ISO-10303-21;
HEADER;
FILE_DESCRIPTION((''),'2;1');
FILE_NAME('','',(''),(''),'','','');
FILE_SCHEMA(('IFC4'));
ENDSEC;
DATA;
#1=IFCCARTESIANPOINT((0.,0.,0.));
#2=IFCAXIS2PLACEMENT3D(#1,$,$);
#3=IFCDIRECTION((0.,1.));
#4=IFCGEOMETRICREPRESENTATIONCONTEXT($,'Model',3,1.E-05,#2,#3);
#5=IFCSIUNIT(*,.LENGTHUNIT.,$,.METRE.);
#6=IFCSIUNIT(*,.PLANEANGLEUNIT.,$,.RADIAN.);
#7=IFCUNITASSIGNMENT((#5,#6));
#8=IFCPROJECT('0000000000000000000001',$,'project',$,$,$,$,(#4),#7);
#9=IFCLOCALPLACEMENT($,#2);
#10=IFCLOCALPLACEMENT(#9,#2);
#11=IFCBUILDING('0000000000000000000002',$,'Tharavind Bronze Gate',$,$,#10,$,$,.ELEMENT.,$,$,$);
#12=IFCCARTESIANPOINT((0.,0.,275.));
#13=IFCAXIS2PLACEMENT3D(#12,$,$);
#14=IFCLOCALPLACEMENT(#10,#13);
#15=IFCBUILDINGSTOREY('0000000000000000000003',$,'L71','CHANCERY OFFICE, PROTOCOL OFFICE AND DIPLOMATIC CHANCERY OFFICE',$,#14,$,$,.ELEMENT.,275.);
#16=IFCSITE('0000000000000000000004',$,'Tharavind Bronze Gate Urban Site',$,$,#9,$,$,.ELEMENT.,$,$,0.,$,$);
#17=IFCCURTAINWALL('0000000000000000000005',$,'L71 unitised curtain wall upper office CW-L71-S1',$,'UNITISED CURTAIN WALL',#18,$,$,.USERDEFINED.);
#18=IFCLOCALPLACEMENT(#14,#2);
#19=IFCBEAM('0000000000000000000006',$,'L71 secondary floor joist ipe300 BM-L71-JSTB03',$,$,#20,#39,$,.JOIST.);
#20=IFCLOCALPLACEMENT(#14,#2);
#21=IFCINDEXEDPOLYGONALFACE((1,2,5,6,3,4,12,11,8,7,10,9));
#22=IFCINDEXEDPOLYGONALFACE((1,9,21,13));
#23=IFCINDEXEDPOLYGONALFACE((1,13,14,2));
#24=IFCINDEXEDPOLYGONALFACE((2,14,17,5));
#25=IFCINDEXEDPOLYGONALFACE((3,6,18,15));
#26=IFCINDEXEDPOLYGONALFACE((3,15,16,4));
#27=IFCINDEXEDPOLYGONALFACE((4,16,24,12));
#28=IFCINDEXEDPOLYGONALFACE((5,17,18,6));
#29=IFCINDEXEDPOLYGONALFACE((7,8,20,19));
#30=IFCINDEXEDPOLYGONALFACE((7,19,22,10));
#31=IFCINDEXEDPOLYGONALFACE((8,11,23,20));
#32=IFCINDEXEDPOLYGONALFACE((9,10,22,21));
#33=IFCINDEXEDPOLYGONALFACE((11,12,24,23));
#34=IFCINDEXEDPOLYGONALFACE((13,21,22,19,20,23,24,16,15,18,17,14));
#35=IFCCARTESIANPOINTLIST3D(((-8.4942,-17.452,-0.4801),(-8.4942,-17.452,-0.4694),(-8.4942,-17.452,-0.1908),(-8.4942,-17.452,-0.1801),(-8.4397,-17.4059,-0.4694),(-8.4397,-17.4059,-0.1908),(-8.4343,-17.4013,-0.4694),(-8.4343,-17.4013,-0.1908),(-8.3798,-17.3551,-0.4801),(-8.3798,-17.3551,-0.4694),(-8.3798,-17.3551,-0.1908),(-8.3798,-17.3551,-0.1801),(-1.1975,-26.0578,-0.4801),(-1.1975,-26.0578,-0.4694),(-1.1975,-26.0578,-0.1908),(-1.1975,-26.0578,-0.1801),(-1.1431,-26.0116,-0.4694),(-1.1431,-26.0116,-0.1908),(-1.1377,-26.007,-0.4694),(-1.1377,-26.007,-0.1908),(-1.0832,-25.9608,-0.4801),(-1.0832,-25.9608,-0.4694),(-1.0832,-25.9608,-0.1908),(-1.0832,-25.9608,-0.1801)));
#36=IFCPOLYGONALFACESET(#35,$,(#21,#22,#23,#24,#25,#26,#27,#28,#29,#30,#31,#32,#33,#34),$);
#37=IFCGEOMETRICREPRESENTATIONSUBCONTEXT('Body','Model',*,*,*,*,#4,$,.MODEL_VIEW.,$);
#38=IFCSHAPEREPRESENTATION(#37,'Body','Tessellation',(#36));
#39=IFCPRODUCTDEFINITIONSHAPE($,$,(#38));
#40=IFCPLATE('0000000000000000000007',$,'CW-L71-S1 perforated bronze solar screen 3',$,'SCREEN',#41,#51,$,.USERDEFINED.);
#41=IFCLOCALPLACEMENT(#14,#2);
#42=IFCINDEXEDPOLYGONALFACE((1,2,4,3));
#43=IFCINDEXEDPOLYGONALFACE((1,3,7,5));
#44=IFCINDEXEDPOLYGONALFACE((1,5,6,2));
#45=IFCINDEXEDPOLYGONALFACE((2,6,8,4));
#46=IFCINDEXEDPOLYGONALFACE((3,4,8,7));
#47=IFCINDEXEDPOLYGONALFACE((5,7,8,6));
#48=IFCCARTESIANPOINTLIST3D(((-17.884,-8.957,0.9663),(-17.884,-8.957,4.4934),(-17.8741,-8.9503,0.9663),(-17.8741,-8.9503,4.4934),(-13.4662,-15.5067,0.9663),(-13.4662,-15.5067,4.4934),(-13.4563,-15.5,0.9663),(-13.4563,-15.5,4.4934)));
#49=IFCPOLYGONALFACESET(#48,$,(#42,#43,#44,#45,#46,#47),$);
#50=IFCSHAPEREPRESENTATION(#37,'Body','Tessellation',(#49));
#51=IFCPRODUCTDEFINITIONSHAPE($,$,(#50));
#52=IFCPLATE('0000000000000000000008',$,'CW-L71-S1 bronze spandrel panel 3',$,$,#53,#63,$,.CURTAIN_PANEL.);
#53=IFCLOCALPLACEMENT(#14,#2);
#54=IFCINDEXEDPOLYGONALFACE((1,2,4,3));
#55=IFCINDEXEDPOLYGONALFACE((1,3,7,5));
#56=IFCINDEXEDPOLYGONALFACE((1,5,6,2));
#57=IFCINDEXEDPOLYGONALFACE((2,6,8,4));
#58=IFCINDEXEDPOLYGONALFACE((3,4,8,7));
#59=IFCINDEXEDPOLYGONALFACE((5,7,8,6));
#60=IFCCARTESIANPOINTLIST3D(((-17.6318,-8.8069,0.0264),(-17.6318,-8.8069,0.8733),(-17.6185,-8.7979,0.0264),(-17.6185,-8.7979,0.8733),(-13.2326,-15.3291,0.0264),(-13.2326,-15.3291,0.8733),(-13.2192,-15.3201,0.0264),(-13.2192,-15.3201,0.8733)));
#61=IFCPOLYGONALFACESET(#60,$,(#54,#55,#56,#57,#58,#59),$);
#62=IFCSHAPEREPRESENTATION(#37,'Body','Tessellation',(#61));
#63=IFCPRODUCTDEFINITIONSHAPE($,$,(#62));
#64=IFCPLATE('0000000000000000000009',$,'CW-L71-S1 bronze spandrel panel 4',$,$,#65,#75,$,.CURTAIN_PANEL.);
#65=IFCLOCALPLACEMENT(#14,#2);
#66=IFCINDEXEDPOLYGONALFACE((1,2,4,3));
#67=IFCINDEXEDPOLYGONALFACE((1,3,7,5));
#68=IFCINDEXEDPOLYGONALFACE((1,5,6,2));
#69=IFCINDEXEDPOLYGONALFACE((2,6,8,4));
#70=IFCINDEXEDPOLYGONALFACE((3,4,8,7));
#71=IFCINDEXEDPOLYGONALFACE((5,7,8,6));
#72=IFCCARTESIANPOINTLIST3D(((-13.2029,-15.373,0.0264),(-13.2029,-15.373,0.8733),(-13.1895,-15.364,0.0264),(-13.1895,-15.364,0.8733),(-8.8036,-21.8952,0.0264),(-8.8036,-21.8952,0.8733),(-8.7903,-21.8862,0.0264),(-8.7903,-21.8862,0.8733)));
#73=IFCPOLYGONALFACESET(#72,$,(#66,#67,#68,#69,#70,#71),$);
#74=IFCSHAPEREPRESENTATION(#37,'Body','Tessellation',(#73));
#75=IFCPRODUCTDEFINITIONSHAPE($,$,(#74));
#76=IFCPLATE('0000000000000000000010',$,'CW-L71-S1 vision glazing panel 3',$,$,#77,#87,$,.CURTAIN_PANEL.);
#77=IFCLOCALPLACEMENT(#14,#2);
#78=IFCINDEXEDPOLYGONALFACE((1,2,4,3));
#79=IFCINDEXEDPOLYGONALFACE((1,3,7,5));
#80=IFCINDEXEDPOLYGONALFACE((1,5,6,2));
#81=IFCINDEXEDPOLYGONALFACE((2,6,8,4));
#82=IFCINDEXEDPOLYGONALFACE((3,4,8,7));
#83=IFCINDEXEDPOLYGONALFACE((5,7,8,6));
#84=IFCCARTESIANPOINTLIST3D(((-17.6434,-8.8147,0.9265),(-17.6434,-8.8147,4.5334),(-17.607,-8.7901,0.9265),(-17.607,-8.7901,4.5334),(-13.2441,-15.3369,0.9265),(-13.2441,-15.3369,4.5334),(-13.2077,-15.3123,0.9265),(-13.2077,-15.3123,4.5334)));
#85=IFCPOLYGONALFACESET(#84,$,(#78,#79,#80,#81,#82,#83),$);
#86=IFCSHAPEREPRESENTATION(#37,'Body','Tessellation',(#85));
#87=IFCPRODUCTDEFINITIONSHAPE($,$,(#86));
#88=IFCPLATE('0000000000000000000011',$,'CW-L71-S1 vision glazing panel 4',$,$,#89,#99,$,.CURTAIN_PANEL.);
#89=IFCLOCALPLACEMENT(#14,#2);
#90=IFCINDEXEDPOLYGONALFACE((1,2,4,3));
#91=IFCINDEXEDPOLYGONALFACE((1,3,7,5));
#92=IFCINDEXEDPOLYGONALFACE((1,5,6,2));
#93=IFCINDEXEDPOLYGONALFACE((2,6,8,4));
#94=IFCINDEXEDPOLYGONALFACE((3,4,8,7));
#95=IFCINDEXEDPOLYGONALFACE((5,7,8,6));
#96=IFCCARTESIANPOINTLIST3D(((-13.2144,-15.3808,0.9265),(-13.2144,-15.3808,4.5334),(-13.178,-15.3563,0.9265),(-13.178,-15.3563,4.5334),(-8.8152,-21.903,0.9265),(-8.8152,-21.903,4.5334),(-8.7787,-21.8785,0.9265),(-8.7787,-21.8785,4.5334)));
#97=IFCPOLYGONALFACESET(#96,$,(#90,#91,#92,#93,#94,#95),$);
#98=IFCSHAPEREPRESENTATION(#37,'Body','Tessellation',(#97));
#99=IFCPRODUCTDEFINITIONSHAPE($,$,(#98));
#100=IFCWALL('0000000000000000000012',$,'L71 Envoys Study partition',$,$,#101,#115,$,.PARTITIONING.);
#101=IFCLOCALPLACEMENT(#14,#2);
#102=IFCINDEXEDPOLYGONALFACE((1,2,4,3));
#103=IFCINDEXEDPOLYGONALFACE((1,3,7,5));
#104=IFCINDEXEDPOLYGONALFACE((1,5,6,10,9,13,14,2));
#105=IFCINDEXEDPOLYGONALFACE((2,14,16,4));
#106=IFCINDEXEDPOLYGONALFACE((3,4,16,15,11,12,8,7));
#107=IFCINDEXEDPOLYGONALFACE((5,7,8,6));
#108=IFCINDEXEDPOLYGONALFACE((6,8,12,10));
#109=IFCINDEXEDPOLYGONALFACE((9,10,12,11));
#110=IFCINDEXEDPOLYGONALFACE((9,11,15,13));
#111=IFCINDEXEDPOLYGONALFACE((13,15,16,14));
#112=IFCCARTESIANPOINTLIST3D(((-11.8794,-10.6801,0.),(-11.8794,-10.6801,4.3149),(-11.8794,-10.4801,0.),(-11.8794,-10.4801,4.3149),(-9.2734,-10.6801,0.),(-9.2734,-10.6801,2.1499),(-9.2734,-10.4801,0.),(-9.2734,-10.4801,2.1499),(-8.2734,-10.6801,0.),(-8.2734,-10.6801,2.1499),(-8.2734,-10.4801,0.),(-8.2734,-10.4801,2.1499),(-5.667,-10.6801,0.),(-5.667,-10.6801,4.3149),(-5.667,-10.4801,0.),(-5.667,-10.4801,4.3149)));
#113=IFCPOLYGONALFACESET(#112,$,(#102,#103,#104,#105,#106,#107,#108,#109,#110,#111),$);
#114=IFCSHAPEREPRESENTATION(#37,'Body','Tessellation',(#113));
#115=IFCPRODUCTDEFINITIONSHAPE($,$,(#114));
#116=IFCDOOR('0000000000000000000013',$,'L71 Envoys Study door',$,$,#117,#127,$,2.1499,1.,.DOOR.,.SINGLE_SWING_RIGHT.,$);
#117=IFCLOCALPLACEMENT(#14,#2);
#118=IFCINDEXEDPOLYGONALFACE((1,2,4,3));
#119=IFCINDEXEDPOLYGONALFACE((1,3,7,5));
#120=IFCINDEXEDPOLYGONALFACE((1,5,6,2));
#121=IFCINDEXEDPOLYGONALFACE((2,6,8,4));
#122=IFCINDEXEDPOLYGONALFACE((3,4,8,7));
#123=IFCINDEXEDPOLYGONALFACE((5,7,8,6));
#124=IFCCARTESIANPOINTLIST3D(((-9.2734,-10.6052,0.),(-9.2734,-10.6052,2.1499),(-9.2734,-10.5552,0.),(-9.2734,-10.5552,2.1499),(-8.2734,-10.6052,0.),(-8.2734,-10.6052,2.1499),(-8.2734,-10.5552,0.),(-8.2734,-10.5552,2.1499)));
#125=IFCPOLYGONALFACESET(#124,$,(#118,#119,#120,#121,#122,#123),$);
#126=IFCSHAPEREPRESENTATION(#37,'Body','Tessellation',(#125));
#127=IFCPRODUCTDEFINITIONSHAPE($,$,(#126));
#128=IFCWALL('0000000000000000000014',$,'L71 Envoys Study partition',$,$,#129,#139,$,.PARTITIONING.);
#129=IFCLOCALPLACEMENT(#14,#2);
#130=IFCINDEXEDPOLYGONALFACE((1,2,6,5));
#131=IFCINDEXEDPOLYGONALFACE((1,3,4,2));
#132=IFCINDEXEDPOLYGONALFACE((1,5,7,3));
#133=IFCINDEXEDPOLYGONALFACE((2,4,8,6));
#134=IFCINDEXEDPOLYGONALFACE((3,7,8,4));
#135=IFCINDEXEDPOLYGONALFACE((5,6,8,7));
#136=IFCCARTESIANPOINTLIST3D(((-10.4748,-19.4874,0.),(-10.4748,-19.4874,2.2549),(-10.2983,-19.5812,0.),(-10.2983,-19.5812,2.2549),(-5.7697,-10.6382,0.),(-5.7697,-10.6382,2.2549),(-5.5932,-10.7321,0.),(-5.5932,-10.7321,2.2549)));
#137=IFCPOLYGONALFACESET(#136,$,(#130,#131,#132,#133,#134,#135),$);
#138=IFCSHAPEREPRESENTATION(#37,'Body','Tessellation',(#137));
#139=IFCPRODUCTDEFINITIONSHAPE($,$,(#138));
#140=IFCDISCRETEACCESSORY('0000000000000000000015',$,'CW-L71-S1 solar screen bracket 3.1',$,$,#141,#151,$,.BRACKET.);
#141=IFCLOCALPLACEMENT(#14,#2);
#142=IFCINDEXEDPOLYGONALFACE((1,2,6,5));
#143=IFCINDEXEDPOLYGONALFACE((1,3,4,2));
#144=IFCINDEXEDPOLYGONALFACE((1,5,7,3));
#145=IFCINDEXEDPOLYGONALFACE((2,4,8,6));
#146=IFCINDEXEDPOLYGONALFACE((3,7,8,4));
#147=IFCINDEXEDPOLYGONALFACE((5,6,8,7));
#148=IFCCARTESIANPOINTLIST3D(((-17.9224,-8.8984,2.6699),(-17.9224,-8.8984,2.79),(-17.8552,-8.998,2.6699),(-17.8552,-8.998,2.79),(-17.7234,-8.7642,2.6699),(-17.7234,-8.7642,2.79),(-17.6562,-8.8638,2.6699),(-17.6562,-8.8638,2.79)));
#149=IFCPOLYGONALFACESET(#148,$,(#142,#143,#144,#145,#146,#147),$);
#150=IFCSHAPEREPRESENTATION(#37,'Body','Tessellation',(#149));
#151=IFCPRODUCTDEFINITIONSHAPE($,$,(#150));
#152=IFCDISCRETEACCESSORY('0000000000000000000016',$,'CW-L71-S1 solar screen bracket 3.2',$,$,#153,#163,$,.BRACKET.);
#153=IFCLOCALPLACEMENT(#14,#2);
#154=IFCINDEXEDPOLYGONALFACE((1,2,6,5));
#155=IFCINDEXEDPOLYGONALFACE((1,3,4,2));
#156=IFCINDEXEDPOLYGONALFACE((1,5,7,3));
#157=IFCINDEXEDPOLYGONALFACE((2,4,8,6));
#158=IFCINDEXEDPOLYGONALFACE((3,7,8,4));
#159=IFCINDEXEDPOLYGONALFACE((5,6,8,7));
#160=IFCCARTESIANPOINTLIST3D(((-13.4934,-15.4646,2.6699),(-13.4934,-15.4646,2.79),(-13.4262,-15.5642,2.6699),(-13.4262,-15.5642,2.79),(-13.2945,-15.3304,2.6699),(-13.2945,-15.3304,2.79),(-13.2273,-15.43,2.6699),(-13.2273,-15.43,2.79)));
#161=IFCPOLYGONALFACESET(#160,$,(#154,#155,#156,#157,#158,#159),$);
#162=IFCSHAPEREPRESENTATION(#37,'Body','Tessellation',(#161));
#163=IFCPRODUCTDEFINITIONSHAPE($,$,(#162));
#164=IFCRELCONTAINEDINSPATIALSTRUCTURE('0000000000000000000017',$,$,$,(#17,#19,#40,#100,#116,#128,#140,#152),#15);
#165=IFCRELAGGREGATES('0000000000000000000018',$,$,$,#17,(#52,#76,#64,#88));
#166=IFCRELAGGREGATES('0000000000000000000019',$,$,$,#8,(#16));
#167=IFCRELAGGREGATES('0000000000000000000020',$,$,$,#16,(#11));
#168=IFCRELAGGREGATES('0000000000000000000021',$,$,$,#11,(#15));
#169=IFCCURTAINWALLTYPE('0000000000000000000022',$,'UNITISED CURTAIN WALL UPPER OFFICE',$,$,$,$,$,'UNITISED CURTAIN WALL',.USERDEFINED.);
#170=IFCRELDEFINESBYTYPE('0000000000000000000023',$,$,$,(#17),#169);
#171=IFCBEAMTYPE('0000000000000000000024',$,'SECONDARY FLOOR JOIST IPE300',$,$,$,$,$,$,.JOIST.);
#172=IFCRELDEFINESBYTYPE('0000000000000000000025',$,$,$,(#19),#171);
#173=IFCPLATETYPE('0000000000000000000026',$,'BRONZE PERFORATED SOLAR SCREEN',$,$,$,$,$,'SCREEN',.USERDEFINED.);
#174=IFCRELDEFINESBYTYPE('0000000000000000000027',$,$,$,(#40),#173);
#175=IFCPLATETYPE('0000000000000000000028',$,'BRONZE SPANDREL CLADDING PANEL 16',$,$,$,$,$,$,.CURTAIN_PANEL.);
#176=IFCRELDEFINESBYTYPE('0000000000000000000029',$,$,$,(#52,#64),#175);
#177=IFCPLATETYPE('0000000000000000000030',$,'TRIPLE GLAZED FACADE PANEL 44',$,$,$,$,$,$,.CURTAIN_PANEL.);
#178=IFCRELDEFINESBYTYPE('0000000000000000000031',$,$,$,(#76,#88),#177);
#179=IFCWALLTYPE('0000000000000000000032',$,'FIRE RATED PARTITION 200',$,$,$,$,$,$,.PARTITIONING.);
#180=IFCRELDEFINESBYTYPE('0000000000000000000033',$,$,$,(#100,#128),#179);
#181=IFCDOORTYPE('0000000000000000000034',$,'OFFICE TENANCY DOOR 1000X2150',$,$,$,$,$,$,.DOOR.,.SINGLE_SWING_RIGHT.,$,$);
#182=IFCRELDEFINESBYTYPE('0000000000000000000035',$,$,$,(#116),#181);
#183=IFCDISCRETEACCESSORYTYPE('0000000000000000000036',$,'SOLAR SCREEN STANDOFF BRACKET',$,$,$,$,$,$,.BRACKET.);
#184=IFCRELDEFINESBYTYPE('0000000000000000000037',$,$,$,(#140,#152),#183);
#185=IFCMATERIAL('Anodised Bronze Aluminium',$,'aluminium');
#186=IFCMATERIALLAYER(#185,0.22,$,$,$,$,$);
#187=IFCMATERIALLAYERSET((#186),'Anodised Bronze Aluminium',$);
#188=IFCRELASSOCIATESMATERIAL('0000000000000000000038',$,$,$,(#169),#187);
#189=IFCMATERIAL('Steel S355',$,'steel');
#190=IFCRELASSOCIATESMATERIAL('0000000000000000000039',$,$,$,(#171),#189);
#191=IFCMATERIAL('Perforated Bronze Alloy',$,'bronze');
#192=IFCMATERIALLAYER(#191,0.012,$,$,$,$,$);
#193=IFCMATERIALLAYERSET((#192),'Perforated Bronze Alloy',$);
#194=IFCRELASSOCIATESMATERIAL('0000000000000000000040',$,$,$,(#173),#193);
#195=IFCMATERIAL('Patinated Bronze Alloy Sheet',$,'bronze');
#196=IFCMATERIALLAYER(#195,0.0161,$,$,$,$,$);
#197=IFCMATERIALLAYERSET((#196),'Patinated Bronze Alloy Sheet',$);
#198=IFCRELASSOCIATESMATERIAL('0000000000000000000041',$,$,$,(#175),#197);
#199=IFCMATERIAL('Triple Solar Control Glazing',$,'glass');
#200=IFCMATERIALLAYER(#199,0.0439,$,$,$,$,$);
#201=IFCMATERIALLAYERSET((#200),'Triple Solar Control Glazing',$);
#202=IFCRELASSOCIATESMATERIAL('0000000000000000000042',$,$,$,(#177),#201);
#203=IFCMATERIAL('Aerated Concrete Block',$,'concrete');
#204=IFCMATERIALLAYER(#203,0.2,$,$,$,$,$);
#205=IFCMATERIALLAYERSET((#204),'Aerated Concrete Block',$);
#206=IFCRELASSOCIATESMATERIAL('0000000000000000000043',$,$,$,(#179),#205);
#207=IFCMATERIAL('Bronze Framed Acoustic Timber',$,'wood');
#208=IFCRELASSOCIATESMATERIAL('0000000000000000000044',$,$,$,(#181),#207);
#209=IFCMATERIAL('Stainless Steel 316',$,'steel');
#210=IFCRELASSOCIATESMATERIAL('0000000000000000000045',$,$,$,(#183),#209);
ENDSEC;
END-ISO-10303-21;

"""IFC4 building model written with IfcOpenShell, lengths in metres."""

from ifc_helpers import new_model, si_unit, direction, frame, frame_2d, origin, origin_2d, place, context, subcontext, project, spatial, rectangle, i_section, extrude, material, layer, layer_set, material_profile, profile_set, type_object, element, fill, aggregate, save


model = new_model("IFC4")

# Units and contexts
model_context = context("Model", 3, precision=1e-05, world=origin(), true_north=direction((0.0, 1.0)))
body_context = subcontext(model_context, "Body", "Model", "MODEL_VIEW")
ifc_project = project(units=[si_unit("LENGTHUNIT", "METRE"), si_unit("PLANEANGLEUNIT", "RADIAN")], contexts=[model_context])

# Site, building, storey
site_placement = place(None, origin())
site = spatial("IfcSite", under=ifc_project, at=site_placement, Name="Tharavind Bronze Gate Urban Site", CompositionType="ELEMENT", RefElevation=0.0)
building_placement = place(site_placement, origin())
building = spatial("IfcBuilding", under=site, at=building_placement, Name="Tharavind Bronze Gate", CompositionType="ELEMENT")
storey_placement = place(building_placement, frame((0.0, 0.0, 275.0)))
storey = spatial("IfcBuildingStorey", under=building, at=storey_placement, Name="L71", Description="CHANCERY OFFICE, PROTOCOL OFFICE AND DIPLOMATIC CHANCERY OFFICE", CompositionType="ELEMENT", Elevation=275.0)

# Curtain wall
ifc_material_1 = material(Name="Anodised Bronze Aluminium", Category="aluminium")
ifc_layer_1 = layer(ifc_material_1, 0.22)
ifc_layer_set_1 = layer_set([ifc_layer_1], Name="Anodised Bronze Aluminium")
curtain_wall_type = type_object("IfcCurtainWallType", Name="UNITISED CURTAIN WALL UPPER OFFICE", ElementType="UNITISED CURTAIN WALL", PredefinedType="USERDEFINED", material=ifc_layer_set_1)
curtain_wall_placement = place(storey_placement, origin())
curtain_wall = element("IfcCurtainWall", 1, at=curtain_wall_placement, inside=storey, type_object=curtain_wall_type, Name="L71 unitised curtain wall upper office CW-L71-S1", ObjectType="UNITISED CURTAIN WALL", PredefinedType="USERDEFINED")

# Beam
ifc_material_2 = material(Name="Steel S355", Category="steel")
ifc_material_profile_1 = material_profile(ifc_material_2, i_section(OverallWidth=0.1499, OverallDepth=0.3, WebThickness=0.0071, FlangeThickness=0.0107, at=origin_2d()), Name="IPE300")
ifc_profile_set_1 = profile_set([ifc_material_profile_1], Name="Steel S355")
beam_type_1 = type_object("IfcBeamType", Name="SECONDARY FLOOR JOIST IPE300", PredefinedType="JOIST", material=ifc_profile_set_1)
beam_1_placement = place(storey_placement, frame((-8.437, -17.4036, -0.3301), z_axis=(0.64671, -0.762736, 0.0), x_axis=(0.762736, 0.64671, 0.0)))
element("IfcBeam", 2, at=beam_1_placement, inside=storey, type_object=beam_type_1, Name="L71 secondary floor joist ipe300 BM-L71-JSTB03", PredefinedType="JOIST", context=body_context, shape_type="SweptSolid", body=[
    extrude(i_section(OverallWidth=0.1499, OverallDepth=0.3, WebThickness=0.0071, FlangeThickness=0.0107, at=origin_2d()), origin(), (0.0, 0.0, 1.0), 11.2827),
])

# Plates
ifc_material_3 = material(Name="Perforated Bronze Alloy", Category="bronze")
ifc_layer_2 = layer(ifc_material_3, 0.012)
ifc_layer_set_2 = layer_set([ifc_layer_2], Name="Perforated Bronze Alloy")
plate_type_1 = type_object("IfcPlateType", Name="BRONZE PERFORATED SOLAR SCREEN", ElementType="SCREEN", PredefinedType="USERDEFINED", material=ifc_layer_set_2)
plate_1_placement = place(storey_placement, frame((-15.6702, -12.2285, 0.9663), z_axis=(0.0, 0.0, 1.0), x_axis=(0.559191, -0.829039, 0.0)))
element("IfcPlate", 3, at=plate_1_placement, inside=storey, type_object=plate_type_1, Name="CW-L71-S1 perforated bronze solar screen 3", ObjectType="SCREEN", PredefinedType="USERDEFINED", context=body_context, shape_type="SweptSolid", body=[
    extrude(rectangle(XDim=7.9004, YDim=0.012, at=origin_2d()), origin(), (0.0, 0.0, 1.0), 3.5271),
])
ifc_material_4 = material(Name="Patinated Bronze Alloy Sheet", Category="bronze")
ifc_layer_3 = layer(ifc_material_4, 0.0161)
ifc_layer_set_3 = layer_set([ifc_layer_3], Name="Patinated Bronze Alloy Sheet")
plate_type_2 = type_object("IfcPlateType", Name="BRONZE SPANDREL CLADDING PANEL 16", PredefinedType="CURTAIN_PANEL", material=ifc_layer_set_3)
plate_2_placement = place(storey_placement, frame((-15.4255, -12.0635, 0.0264), z_axis=(0.0, 0.0, 1.0), x_axis=(0.559191, -0.829039, 0.0)))
plate_2 = element("IfcPlate", 4, at=plate_2_placement, type_object=plate_type_2, Name="CW-L71-S1 bronze spandrel panel 3", PredefinedType="CURTAIN_PANEL", context=body_context, shape_type="SweptSolid", body=[
    extrude(rectangle(XDim=7.8672, YDim=0.0161, at=origin_2d()), origin(), (0.0, 0.0, 1.0), 0.8469),
])
plate_3_placement = place(storey_placement, frame((-10.9966, -18.6296, 0.0264), z_axis=(0.0, 0.0, 1.0), x_axis=(0.559191, -0.829039, 0.0)))
plate_3 = element("IfcPlate", 5, at=plate_3_placement, type_object=plate_type_2, Name="CW-L71-S1 bronze spandrel panel 4", PredefinedType="CURTAIN_PANEL", context=body_context, shape_type="SweptSolid", body=[
    extrude(rectangle(XDim=7.8672, YDim=0.0161, at=origin_2d()), origin(), (0.0, 0.0, 1.0), 0.8469),
])
ifc_material_5 = material(Name="Triple Solar Control Glazing", Category="glass")
ifc_layer_4 = layer(ifc_material_5, 0.0439)
ifc_layer_set_4 = layer_set([ifc_layer_4], Name="Triple Solar Control Glazing")
plate_type_3 = type_object("IfcPlateType", Name="TRIPLE GLAZED FACADE PANEL 44", PredefinedType="CURTAIN_PANEL", material=ifc_layer_set_4)
plate_4_placement = place(storey_placement, frame((-15.4255, -12.0635, 0.9265), z_axis=(0.0, 0.0, 1.0), x_axis=(0.559191, -0.829039, 0.0)))
plate_4 = element("IfcPlate", 6, at=plate_4_placement, type_object=plate_type_3, Name="CW-L71-S1 vision glazing panel 3", PredefinedType="CURTAIN_PANEL", context=body_context, shape_type="SweptSolid", body=[
    extrude(rectangle(XDim=7.8672, YDim=0.0439, at=origin_2d()), origin(), (0.0, 0.0, 1.0), 3.6069),
])
plate_5_placement = place(storey_placement, frame((-10.9966, -18.6296, 0.9265), z_axis=(0.0, 0.0, 1.0), x_axis=(0.559191, -0.829039, 0.0)))
plate_5 = element("IfcPlate", 7, at=plate_5_placement, type_object=plate_type_3, Name="CW-L71-S1 vision glazing panel 4", PredefinedType="CURTAIN_PANEL", context=body_context, shape_type="SweptSolid", body=[
    extrude(rectangle(XDim=7.8672, YDim=0.0439, at=origin_2d()), origin(), (0.0, 0.0, 1.0), 3.6069),
])
aggregate(curtain_wall, [plate_2, plate_4, plate_3, plate_5])

# Wall, opening, door
ifc_material_6 = material(Name="Aerated Concrete Block", Category="concrete")
ifc_layer_5 = layer(ifc_material_6, 0.2)
ifc_layer_set_5 = layer_set([ifc_layer_5], Name="Aerated Concrete Block")
wall_type = type_object("IfcWallType", Name="FIRE RATED PARTITION 200", PredefinedType="PARTITIONING", material=ifc_layer_set_5)
wall_1_placement = place(storey_placement, frame((-11.8794, -10.5801, 0.0), z_axis=(0.0, 0.0, 1.0), x_axis=(1.0, 0.0, 0.0)))
wall_1 = element("IfcWall", 8, at=wall_1_placement, inside=storey, type_object=wall_type, Name="L71 Envoys Study partition", PredefinedType="PARTITIONING", context=body_context, shape_type="SweptSolid", body=[
    extrude(rectangle(XDim=6.2124, YDim=0.2, at=frame_2d((3.1062, 0.0))), origin(), (0.0, 0.0, 1.0), 4.3149),
])
opening_1_placement = place(wall_1_placement, frame((2.606, 0.0, 0.0)))
opening_1 = element("IfcOpeningElement", 9, at=opening_1_placement, cuts=wall_1, PredefinedType="OPENING", context=body_context, shape_type="SweptSolid", body=[
    extrude(rectangle(XDim=1.0, YDim=2.1499, at=frame_2d((0.5, 1.075))), frame((0.0, 0.1101, 0.0), z_axis=(0.0, -1.0, 0.0), x_axis=(1.0, 0.0, 0.0)), (0.0, 0.0, 1.0), 0.22),
])
ifc_material_7 = material(Name="Bronze Framed Acoustic Timber", Category="wood")
door_type = type_object("IfcDoorType", Name="OFFICE TENANCY DOOR 1000X2150", OperationType="SINGLE_SWING_RIGHT", PredefinedType="DOOR", material=ifc_material_7)
door_1_placement = place(opening_1_placement, origin())
door_1 = element("IfcDoor", 10, at=door_1_placement, inside=storey, type_object=door_type, Name="L71 Envoys Study door", OperationType="SINGLE_SWING_RIGHT", OverallHeight=2.1499, OverallWidth=1.0, PredefinedType="DOOR", context=body_context, shape_type="SweptSolid", body=[
    extrude(rectangle(XDim=1.0, YDim=2.1499, at=frame_2d((0.5, 1.075))), frame((0.0, 0.0249, 0.0), z_axis=(0.0, -1.0, 0.0), x_axis=(1.0, 0.0, 0.0)), (0.0, 0.0, 1.0), 0.05),
])
fill(opening_1, door_1)

# Wall
wall_2_placement = place(storey_placement, frame((-5.6814, -10.6851, 0.0), z_axis=(0.0, 0.0, 1.0), x_axis=(-0.469465, -0.882951, 0.0)))
element("IfcWall", 11, at=wall_2_placement, inside=storey, type_object=wall_type, Name="L71 Envoys Study partition", PredefinedType="PARTITIONING", context=body_context, shape_type="SweptSolid", body=[
    extrude(rectangle(XDim=10.0222, YDim=0.2, at=frame_2d((5.0112, 0.0))), origin(), (0.0, 0.0, 1.0), 2.2549),
])

# Discrete accessories
ifc_material_8 = material(Name="Stainless Steel 316", Category="steel")
discrete_accessory_type = type_object("IfcDiscreteAccessoryType", Name="SOLAR SCREEN STANDOFF BRACKET", PredefinedType="BRACKET", material=ifc_material_8)
for number, where, z_axis, x_axis, name in (
    (12, (-17.7893, -8.8811, 2.6699), (0.0, 0.0, 1.0), (0.559191, -0.829039, 0.0), "CW-L71-S1 solar screen bracket 3.1"),
    (13, (-13.3604, -15.4473, 2.6699), (0.0, 0.0, 1.0), (0.559191, -0.829039, 0.0), "CW-L71-S1 solar screen bracket 3.2"),
):
    element("IfcDiscreteAccessory", number, at=place(storey_placement, frame(where, z_axis=z_axis, x_axis=x_axis)), inside=storey, type_object=discrete_accessory_type, Name=name, PredefinedType="BRACKET", context=body_context, shape_type="SweptSolid", body=[
        extrude(rectangle(XDim=0.1201, YDim=0.24, at=origin_2d()), origin(), (0.0, 0.0, 1.0), 0.1201),
    ])

save(model, "model.ifc")
